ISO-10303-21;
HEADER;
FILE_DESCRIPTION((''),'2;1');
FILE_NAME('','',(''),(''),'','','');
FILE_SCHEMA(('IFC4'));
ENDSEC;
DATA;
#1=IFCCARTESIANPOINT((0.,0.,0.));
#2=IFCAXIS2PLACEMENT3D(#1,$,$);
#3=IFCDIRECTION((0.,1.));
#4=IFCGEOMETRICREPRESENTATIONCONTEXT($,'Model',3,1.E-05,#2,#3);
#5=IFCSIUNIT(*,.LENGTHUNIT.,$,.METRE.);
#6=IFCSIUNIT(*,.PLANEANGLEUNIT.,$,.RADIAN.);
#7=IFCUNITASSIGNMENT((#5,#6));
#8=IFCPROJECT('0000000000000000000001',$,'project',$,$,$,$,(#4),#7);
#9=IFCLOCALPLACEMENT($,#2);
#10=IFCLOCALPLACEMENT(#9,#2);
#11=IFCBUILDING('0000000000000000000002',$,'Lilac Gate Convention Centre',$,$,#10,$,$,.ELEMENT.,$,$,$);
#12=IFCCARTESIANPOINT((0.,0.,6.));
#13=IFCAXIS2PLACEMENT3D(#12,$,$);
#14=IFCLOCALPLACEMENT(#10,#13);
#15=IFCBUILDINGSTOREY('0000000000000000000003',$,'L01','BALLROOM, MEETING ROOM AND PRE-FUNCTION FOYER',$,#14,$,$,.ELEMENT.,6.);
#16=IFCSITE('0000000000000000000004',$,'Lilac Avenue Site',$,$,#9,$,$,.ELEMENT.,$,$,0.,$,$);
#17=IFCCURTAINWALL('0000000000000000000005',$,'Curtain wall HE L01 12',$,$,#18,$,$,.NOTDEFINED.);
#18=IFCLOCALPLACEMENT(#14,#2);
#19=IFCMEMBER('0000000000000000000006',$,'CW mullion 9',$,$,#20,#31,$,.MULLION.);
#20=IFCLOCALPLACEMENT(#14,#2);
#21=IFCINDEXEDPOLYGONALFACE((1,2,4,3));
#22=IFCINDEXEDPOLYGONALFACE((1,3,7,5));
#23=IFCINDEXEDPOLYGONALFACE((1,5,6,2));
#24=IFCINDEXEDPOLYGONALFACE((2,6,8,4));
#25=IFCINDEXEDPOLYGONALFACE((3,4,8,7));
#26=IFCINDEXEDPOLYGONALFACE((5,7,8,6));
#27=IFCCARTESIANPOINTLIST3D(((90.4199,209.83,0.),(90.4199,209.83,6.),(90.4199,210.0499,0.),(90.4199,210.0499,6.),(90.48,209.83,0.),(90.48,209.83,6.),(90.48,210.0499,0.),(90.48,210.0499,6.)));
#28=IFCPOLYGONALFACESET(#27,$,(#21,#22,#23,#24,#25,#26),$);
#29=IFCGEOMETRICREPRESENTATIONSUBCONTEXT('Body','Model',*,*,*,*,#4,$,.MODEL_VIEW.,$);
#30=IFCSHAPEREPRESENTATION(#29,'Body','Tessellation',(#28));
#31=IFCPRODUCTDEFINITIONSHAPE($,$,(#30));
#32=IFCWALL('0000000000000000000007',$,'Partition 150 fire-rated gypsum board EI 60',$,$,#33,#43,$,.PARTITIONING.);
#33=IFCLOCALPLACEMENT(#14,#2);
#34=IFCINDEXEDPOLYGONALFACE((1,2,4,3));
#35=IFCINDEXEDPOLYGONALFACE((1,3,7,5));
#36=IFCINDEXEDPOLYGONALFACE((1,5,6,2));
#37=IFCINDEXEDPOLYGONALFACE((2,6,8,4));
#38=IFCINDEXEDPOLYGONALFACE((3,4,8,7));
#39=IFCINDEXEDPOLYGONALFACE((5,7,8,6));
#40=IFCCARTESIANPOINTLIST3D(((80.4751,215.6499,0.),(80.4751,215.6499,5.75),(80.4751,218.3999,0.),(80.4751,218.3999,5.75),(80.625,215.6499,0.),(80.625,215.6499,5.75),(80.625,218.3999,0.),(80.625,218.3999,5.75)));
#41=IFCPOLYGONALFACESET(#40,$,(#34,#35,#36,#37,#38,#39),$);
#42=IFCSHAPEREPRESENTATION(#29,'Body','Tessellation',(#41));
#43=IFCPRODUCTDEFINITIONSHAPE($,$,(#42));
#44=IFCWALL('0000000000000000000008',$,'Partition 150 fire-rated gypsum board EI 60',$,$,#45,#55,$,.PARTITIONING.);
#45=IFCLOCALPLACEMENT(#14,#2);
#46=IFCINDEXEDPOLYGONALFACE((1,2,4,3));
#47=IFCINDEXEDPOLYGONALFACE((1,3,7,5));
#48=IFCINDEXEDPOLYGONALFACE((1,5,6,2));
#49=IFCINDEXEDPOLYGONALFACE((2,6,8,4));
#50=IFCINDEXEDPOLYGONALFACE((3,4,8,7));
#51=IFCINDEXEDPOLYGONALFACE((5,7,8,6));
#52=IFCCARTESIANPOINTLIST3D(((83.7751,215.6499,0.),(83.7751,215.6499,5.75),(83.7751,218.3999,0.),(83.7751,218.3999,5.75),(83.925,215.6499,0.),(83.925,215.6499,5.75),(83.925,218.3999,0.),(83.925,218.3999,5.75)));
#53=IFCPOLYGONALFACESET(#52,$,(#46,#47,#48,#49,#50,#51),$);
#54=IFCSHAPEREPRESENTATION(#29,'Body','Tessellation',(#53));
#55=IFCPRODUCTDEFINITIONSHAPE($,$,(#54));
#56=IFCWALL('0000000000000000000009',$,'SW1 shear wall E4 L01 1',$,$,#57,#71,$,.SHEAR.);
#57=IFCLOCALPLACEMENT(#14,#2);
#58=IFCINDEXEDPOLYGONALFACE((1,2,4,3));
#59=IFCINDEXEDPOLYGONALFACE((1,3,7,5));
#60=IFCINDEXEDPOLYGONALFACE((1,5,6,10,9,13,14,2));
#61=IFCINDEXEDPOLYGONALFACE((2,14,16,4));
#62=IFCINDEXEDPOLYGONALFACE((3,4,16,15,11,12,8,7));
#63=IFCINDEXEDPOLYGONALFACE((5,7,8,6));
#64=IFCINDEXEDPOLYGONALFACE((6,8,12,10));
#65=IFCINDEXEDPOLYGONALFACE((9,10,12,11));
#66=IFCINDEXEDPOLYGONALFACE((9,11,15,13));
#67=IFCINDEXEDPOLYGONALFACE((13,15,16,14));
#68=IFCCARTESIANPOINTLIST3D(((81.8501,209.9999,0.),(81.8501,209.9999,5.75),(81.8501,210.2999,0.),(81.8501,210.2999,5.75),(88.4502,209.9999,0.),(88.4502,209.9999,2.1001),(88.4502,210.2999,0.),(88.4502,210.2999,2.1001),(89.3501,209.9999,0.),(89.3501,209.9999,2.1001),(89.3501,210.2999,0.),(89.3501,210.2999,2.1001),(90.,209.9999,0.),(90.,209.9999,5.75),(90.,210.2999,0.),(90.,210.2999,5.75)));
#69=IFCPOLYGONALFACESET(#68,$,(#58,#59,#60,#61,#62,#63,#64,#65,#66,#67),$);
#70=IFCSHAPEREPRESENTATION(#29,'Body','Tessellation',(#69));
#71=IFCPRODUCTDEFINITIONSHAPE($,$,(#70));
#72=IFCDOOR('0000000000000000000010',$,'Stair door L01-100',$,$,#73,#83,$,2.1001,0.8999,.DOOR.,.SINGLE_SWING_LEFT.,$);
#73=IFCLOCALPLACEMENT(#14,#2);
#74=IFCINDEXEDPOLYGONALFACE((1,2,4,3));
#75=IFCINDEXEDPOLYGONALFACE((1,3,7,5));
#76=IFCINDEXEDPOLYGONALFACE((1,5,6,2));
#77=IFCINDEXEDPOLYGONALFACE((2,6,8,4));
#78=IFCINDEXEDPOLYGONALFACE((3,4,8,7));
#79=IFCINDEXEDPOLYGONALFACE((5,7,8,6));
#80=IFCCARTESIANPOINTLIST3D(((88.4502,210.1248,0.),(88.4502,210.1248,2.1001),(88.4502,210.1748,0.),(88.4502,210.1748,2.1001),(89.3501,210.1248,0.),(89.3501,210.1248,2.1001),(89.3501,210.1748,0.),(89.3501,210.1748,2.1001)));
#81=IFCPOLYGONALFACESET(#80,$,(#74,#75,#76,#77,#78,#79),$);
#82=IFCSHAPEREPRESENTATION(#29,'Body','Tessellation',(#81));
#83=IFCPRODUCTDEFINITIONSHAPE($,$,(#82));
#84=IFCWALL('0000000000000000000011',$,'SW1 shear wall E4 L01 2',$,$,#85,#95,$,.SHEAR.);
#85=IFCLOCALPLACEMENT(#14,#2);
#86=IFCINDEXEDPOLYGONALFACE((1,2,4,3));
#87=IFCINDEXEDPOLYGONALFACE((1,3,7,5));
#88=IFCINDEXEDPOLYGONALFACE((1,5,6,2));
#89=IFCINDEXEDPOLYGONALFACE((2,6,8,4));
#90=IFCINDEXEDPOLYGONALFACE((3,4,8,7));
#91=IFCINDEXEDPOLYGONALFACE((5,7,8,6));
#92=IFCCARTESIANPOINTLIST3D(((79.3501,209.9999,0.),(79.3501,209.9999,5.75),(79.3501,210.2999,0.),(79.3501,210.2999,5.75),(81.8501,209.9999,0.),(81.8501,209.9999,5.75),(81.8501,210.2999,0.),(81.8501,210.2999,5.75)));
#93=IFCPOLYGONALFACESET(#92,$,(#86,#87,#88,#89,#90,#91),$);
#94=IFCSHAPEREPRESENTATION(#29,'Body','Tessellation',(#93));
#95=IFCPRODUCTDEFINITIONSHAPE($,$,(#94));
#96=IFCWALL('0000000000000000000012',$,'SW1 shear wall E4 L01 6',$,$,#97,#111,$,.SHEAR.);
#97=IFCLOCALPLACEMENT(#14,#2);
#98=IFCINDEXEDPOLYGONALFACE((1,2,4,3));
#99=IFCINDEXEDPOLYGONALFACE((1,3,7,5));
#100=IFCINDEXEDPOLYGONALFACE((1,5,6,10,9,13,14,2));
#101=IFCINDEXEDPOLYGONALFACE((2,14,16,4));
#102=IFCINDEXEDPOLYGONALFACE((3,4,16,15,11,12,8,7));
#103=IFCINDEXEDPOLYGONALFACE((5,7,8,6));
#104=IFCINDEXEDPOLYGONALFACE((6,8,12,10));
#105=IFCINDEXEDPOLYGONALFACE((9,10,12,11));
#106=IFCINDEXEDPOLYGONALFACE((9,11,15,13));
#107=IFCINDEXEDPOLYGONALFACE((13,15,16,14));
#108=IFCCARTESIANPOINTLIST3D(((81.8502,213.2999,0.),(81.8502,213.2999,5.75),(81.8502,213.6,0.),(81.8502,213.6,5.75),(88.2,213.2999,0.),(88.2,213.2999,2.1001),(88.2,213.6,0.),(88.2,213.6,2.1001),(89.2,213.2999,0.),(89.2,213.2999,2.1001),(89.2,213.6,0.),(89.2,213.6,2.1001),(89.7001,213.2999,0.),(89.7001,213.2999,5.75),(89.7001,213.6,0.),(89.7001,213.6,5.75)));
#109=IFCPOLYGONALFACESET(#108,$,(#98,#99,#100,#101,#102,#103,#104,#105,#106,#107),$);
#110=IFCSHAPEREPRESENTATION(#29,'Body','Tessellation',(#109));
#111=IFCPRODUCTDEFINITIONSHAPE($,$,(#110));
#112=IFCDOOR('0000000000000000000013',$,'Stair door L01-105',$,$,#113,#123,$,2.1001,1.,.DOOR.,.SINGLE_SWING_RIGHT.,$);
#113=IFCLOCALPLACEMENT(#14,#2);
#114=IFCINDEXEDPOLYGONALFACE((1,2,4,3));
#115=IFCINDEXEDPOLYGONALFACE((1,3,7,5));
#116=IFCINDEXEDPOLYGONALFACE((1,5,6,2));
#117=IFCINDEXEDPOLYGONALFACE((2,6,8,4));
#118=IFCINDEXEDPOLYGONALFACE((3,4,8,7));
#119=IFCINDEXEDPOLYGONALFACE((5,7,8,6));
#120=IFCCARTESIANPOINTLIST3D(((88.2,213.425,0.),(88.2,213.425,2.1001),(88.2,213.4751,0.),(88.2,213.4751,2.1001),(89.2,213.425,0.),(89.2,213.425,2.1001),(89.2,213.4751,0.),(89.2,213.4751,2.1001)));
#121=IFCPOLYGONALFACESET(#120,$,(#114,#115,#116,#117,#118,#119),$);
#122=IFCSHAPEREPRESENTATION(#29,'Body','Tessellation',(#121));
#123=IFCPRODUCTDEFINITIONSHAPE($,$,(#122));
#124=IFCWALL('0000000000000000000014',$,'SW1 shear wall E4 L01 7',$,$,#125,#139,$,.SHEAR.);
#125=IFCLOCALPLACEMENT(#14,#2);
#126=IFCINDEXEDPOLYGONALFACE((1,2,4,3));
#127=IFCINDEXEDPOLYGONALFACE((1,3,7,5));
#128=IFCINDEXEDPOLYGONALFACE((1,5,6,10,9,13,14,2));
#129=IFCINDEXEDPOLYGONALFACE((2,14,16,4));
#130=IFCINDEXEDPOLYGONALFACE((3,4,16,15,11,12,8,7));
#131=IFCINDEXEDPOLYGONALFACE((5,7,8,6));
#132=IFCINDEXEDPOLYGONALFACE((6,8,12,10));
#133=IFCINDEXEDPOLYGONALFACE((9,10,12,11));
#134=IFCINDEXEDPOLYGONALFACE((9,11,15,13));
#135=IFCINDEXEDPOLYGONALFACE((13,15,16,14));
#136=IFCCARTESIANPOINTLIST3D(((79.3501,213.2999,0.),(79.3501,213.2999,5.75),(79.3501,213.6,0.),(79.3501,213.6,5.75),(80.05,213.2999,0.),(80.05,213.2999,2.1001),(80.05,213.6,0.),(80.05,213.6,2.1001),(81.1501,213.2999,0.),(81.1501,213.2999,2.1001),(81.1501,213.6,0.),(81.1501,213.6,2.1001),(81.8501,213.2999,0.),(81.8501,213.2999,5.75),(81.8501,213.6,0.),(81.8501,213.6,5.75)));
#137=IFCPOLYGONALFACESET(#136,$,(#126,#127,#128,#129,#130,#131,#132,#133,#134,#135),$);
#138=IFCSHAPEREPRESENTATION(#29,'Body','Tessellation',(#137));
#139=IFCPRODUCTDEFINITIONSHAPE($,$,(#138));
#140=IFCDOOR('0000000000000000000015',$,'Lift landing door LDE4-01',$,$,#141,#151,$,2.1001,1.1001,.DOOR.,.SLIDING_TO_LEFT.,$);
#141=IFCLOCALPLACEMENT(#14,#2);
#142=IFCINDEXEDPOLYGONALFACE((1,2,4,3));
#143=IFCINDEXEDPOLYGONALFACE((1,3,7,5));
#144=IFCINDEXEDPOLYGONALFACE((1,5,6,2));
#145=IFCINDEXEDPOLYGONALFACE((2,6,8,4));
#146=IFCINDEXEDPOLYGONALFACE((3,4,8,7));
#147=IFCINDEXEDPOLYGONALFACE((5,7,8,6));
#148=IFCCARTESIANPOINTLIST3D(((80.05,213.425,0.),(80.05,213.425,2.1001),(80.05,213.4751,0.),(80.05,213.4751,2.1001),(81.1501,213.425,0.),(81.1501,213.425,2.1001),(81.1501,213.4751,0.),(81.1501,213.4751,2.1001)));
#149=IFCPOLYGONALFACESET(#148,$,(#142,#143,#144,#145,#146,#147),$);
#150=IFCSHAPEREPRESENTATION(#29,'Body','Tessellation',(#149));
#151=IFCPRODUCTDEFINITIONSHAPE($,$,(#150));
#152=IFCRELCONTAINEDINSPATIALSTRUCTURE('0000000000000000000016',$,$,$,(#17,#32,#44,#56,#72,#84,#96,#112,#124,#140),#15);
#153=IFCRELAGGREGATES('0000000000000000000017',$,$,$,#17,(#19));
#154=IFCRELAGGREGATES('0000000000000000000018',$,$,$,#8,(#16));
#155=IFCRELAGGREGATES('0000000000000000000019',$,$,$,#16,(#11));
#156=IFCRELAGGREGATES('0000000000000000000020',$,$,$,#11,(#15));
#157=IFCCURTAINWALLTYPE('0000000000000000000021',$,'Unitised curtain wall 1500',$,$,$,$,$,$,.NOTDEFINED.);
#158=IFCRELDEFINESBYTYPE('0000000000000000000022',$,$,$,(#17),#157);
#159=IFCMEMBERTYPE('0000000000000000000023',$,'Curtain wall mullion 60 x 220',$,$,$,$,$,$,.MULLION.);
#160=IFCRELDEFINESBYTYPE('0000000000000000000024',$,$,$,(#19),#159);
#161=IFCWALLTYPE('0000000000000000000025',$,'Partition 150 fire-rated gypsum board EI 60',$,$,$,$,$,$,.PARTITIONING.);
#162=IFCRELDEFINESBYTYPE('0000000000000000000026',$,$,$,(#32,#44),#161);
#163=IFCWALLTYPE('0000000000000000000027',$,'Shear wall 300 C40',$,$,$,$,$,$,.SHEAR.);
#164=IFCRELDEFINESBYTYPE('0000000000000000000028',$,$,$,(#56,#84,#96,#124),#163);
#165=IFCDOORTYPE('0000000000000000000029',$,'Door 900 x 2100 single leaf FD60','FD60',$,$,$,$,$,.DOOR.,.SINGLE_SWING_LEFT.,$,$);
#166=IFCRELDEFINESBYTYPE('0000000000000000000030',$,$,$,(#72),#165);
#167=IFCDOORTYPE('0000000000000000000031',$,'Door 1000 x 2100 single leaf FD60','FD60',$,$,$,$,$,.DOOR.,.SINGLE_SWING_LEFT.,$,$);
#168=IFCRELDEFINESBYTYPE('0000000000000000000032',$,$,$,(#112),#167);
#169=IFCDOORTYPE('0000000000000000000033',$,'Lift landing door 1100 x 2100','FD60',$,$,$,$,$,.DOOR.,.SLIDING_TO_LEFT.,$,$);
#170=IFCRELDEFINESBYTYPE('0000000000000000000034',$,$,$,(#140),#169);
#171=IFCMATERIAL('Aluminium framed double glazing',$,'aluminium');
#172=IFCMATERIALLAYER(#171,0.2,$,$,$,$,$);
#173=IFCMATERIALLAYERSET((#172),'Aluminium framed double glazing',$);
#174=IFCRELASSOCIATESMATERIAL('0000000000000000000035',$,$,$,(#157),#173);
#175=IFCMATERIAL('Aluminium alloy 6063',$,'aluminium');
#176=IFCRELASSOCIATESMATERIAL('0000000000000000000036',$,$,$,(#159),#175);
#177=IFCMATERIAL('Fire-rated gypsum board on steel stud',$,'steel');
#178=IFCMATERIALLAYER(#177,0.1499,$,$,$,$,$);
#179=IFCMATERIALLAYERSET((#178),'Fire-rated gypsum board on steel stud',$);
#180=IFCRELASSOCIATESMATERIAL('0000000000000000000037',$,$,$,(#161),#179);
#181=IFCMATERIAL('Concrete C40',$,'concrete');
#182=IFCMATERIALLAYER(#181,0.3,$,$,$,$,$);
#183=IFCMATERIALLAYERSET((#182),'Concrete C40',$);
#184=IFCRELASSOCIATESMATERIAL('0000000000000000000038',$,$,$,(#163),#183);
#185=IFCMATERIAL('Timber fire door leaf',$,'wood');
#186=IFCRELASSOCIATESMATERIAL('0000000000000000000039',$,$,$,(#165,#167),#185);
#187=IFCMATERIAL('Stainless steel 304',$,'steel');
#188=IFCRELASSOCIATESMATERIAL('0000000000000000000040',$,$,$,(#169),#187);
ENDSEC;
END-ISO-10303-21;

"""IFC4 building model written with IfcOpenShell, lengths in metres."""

from ifc_helpers import new_model, si_unit, direction, frame, frame_2d, origin, origin_2d, place, context, subcontext, project, spatial, rectangle, extrude, material, layer, layer_set, material_profile, profile_set, type_object, element, fill, aggregate, save


model = new_model("IFC4")

# Units and contexts
model_context = context("Model", 3, precision=1e-05, world=origin(), true_north=direction((0.0, 1.0)))
body_context = subcontext(model_context, "Body", "Model", "MODEL_VIEW")
ifc_project = project(units=[si_unit("LENGTHUNIT", "METRE"), si_unit("PLANEANGLEUNIT", "RADIAN")], contexts=[model_context])

# Site, building, storey
site_placement = place(None, origin())
site = spatial("IfcSite", under=ifc_project, at=site_placement, Name="Lilac Avenue Site", CompositionType="ELEMENT", RefElevation=0.0)
building_placement = place(site_placement, origin())
building = spatial("IfcBuilding", under=site, at=building_placement, Name="Lilac Gate Convention Centre", CompositionType="ELEMENT")
storey_placement = place(building_placement, frame((0.0, 0.0, 6.0)))
storey = spatial("IfcBuildingStorey", under=building, at=storey_placement, Name="L01", Description="BALLROOM, MEETING ROOM AND PRE-FUNCTION FOYER", CompositionType="ELEMENT", Elevation=6.0)

# Curtain wall, member
ifc_material_1 = material(Name="Aluminium framed double glazing", Category="aluminium")
ifc_layer_1 = layer(ifc_material_1, 0.2)
ifc_layer_set_1 = layer_set([ifc_layer_1], Name="Aluminium framed double glazing")
curtain_wall_type = type_object("IfcCurtainWallType", Name="Unitised curtain wall 1500", PredefinedType="NOTDEFINED", material=ifc_layer_set_1)
curtain_wall_placement = place(storey_placement, origin())
curtain_wall = element("IfcCurtainWall", 1, at=curtain_wall_placement, inside=storey, type_object=curtain_wall_type, Name="Curtain wall HE L01 12", PredefinedType="NOTDEFINED")
ifc_material_2 = material(Name="Aluminium alloy 6063", Category="aluminium")
ifc_material_profile = material_profile(ifc_material_2, rectangle(XDim=0.0601, YDim=0.22, at=origin_2d()), Name="Curtain wall mullion 60 x 220")
ifc_profile_set = profile_set([ifc_material_profile], Name="Aluminium alloy 6063")
member_type = type_object("IfcMemberType", Name="Curtain wall mullion 60 x 220", PredefinedType="MULLION", material=ifc_profile_set)
member_placement = place(storey_placement, frame((90.45, 209.9399, 0.0), z_axis=(0.0, 0.0, 1.0), x_axis=(-1.0, 0.0, 0.0)))
member = element("IfcMember", 2, at=member_placement, type_object=member_type, Name="CW mullion 9", PredefinedType="MULLION", context=body_context, shape_type="SweptSolid", body=[
    extrude(rectangle(XDim=0.0601, YDim=0.22, at=origin_2d()), origin(), (0.0, 0.0, 1.0), 6.0),
])
aggregate(curtain_wall, [member])

# Walls
ifc_material_3 = material(Name="Fire-rated gypsum board on steel stud", Category="steel")
ifc_layer_2 = layer(ifc_material_3, 0.1499)
ifc_layer_set_2 = layer_set([ifc_layer_2], Name="Fire-rated gypsum board on steel stud")
wall_type_1 = type_object("IfcWallType", Name="Partition 150 fire-rated gypsum board EI 60", PredefinedType="PARTITIONING", material=ifc_layer_set_2)
for number, where, z_axis, x_axis, name in (
    (3, (80.55, 215.6499, 0.0), (0.0, 0.0, 1.0), (0.0, 1.0, 0.0), "Partition 150 fire-rated gypsum board EI 60"),
    (4, (83.8501, 215.6499, 0.0), (0.0, 0.0, 1.0), (0.0, 1.0, 0.0), "Partition 150 fire-rated gypsum board EI 60"),
):
    element("IfcWall", number, at=place(storey_placement, frame(where, z_axis=z_axis, x_axis=x_axis)), inside=storey, type_object=wall_type_1, Name=name, PredefinedType="PARTITIONING", context=body_context, shape_type="SweptSolid", body=[
        extrude(rectangle(XDim=2.75, YDim=0.1499, at=frame_2d((1.375, 0.0))), origin(), (0.0, 0.0, 1.0), 5.75),
    ])

# Wall, opening, door
ifc_material_4 = material(Name="Concrete C40", Category="concrete")
ifc_layer_3 = layer(ifc_material_4, 0.3)
ifc_layer_set_3 = layer_set([ifc_layer_3], Name="Concrete C40")
wall_type_2 = type_object("IfcWallType", Name="Shear wall 300 C40", PredefinedType="SHEAR", material=ifc_layer_set_3)
wall_1_placement = place(storey_placement, frame((90.0, 210.1499, 0.0), z_axis=(0.0, 0.0, 1.0), x_axis=(-1.0, 0.0, 0.0)))
wall_1 = element("IfcWall", 5, at=wall_1_placement, inside=storey, type_object=wall_type_2, Name="SW1 shear wall E4 L01 1", PredefinedType="SHEAR", context=body_context, shape_type="SweptSolid", body=[
    extrude(rectangle(XDim=8.1499, YDim=0.3, at=frame_2d((4.075, 0.0))), origin(), (0.0, 0.0, 1.0), 5.75),
])
opening_1_placement = place(wall_1_placement, frame((0.6499, 0.0, 0.0)))
opening_1 = element("IfcOpeningElement", 6, at=opening_1_placement, cuts=wall_1, PredefinedType="OPENING", context=body_context, shape_type="SweptSolid", body=[
    extrude(rectangle(XDim=0.8999, YDim=2.1001, at=frame_2d((0.45, 1.05))), frame((0.0, 0.1599, 0.0), z_axis=(0.0, -1.0, 0.0), x_axis=(1.0, 0.0, 0.0)), (0.0, 0.0, 1.0), 0.3201),
])
ifc_material_5 = material(Name="Timber fire door leaf", Category="wood")
door_type_1 = type_object("IfcDoorType", Name="Door 900 x 2100 single leaf FD60", Description="FD60", OperationType="SINGLE_SWING_LEFT", PredefinedType="DOOR", material=ifc_material_5)
door_1_placement = place(opening_1_placement, frame((0.8999, 0.0, 0.0), z_axis=(0.0, 0.0, 1.0), x_axis=(-1.0, 0.0, 0.0)))
door_1 = element("IfcDoor", 7, at=door_1_placement, inside=storey, type_object=door_type_1, Name="Stair door L01-100", OperationType="SINGLE_SWING_LEFT", OverallHeight=2.1001, OverallWidth=0.8999, PredefinedType="DOOR", context=body_context, shape_type="SweptSolid", body=[
    extrude(rectangle(XDim=0.8999, YDim=2.1001, at=frame_2d((0.45, 1.05))), frame((0.0, 0.0249, 0.0), z_axis=(0.0, -1.0, 0.0), x_axis=(1.0, 0.0, 0.0)), (0.0, 0.0, 1.0), 0.05),
])
fill(opening_1, door_1)

# Wall
wall_2_placement = place(storey_placement, frame((81.8501, 210.1499, 0.0), z_axis=(0.0, 0.0, 1.0), x_axis=(-1.0, 0.0, 0.0)))
element("IfcWall", 8, at=wall_2_placement, inside=storey, type_object=wall_type_2, Name="SW1 shear wall E4 L01 2", PredefinedType="SHEAR", context=body_context, shape_type="SweptSolid", body=[
    extrude(rectangle(XDim=2.5, YDim=0.3, at=frame_2d((1.25, 0.0))), origin(), (0.0, 0.0, 1.0), 5.75),
])

# Walls, openings, doors
wall_3_placement = place(storey_placement, frame((89.7, 213.45, 0.0), z_axis=(0.0, 0.0, 1.0), x_axis=(-1.0, 0.0, 0.0)))
wall_3 = element("IfcWall", 9, at=wall_3_placement, inside=storey, type_object=wall_type_2, Name="SW1 shear wall E4 L01 6", PredefinedType="SHEAR", context=body_context, shape_type="SweptSolid", body=[
    extrude(rectangle(XDim=7.8499, YDim=0.3, at=frame_2d((3.9248, 0.0))), origin(), (0.0, 0.0, 1.0), 5.75),
])
opening_2_placement = place(wall_3_placement, frame((0.5, 0.0, 0.0)))
opening_2 = element("IfcOpeningElement", 10, at=opening_2_placement, cuts=wall_3, PredefinedType="OPENING", context=body_context, shape_type="SweptSolid", body=[
    extrude(rectangle(XDim=1.0, YDim=2.1001, at=frame_2d((0.5, 1.05))), frame((0.0, 0.1599, 0.0), z_axis=(0.0, -1.0, 0.0), x_axis=(1.0, 0.0, 0.0)), (0.0, 0.0, 1.0), 0.3201),
])
door_type_2 = type_object("IfcDoorType", Name="Door 1000 x 2100 single leaf FD60", Description="FD60", OperationType="SINGLE_SWING_LEFT", PredefinedType="DOOR", material=ifc_material_5)
door_2_placement = place(opening_2_placement, origin())
door_2 = element("IfcDoor", 11, at=door_2_placement, inside=storey, type_object=door_type_2, Name="Stair door L01-105", OperationType="SINGLE_SWING_RIGHT", OverallHeight=2.1001, OverallWidth=1.0, PredefinedType="DOOR", context=body_context, shape_type="SweptSolid", body=[
    extrude(rectangle(XDim=1.0, YDim=2.1001, at=frame_2d((0.5, 1.05))), frame((0.0, 0.0249, 0.0), z_axis=(0.0, -1.0, 0.0), x_axis=(1.0, 0.0, 0.0)), (0.0, 0.0, 1.0), 0.05),
])
fill(opening_2, door_2)
wall_4_placement = place(storey_placement, frame((81.8501, 213.45, 0.0), z_axis=(0.0, 0.0, 1.0), x_axis=(-1.0, 0.0, 0.0)))
wall_4 = element("IfcWall", 12, at=wall_4_placement, inside=storey, type_object=wall_type_2, Name="SW1 shear wall E4 L01 7", PredefinedType="SHEAR", context=body_context, shape_type="SweptSolid", body=[
    extrude(rectangle(XDim=2.5, YDim=0.3, at=frame_2d((1.25, 0.0))), origin(), (0.0, 0.0, 1.0), 5.75),
])
opening_3_placement = place(wall_4_placement, frame((0.7, 0.0, 0.0)))
opening_3 = element("IfcOpeningElement", 13, at=opening_3_placement, cuts=wall_4, PredefinedType="OPENING", context=body_context, shape_type="SweptSolid", body=[
    extrude(rectangle(XDim=1.1001, YDim=2.1001, at=frame_2d((0.55, 1.05))), frame((0.0, 0.1599, 0.0), z_axis=(0.0, -1.0, 0.0), x_axis=(1.0, 0.0, 0.0)), (0.0, 0.0, 1.0), 0.3201),
])
ifc_material_6 = material(Name="Stainless steel 304", Category="steel")
door_type_3 = type_object("IfcDoorType", Name="Lift landing door 1100 x 2100", Description="FD60", OperationType="SLIDING_TO_LEFT", PredefinedType="DOOR", material=ifc_material_6)
door_3_placement = place(opening_3_placement, origin())
door_3 = element("IfcDoor", 14, at=door_3_placement, inside=storey, type_object=door_type_3, Name="Lift landing door LDE4-01", OperationType="SLIDING_TO_LEFT", OverallHeight=2.1001, OverallWidth=1.1001, PredefinedType="DOOR", context=body_context, shape_type="SweptSolid", body=[
    extrude(rectangle(XDim=1.1001, YDim=2.1001, at=frame_2d((0.55, 1.05))), frame((0.0, 0.0249, 0.0), z_axis=(0.0, -1.0, 0.0), x_axis=(1.0, 0.0, 0.0)), (0.0, 0.0, 1.0), 0.05),
])
fill(opening_3, door_3)

save(model, "model.ifc")
